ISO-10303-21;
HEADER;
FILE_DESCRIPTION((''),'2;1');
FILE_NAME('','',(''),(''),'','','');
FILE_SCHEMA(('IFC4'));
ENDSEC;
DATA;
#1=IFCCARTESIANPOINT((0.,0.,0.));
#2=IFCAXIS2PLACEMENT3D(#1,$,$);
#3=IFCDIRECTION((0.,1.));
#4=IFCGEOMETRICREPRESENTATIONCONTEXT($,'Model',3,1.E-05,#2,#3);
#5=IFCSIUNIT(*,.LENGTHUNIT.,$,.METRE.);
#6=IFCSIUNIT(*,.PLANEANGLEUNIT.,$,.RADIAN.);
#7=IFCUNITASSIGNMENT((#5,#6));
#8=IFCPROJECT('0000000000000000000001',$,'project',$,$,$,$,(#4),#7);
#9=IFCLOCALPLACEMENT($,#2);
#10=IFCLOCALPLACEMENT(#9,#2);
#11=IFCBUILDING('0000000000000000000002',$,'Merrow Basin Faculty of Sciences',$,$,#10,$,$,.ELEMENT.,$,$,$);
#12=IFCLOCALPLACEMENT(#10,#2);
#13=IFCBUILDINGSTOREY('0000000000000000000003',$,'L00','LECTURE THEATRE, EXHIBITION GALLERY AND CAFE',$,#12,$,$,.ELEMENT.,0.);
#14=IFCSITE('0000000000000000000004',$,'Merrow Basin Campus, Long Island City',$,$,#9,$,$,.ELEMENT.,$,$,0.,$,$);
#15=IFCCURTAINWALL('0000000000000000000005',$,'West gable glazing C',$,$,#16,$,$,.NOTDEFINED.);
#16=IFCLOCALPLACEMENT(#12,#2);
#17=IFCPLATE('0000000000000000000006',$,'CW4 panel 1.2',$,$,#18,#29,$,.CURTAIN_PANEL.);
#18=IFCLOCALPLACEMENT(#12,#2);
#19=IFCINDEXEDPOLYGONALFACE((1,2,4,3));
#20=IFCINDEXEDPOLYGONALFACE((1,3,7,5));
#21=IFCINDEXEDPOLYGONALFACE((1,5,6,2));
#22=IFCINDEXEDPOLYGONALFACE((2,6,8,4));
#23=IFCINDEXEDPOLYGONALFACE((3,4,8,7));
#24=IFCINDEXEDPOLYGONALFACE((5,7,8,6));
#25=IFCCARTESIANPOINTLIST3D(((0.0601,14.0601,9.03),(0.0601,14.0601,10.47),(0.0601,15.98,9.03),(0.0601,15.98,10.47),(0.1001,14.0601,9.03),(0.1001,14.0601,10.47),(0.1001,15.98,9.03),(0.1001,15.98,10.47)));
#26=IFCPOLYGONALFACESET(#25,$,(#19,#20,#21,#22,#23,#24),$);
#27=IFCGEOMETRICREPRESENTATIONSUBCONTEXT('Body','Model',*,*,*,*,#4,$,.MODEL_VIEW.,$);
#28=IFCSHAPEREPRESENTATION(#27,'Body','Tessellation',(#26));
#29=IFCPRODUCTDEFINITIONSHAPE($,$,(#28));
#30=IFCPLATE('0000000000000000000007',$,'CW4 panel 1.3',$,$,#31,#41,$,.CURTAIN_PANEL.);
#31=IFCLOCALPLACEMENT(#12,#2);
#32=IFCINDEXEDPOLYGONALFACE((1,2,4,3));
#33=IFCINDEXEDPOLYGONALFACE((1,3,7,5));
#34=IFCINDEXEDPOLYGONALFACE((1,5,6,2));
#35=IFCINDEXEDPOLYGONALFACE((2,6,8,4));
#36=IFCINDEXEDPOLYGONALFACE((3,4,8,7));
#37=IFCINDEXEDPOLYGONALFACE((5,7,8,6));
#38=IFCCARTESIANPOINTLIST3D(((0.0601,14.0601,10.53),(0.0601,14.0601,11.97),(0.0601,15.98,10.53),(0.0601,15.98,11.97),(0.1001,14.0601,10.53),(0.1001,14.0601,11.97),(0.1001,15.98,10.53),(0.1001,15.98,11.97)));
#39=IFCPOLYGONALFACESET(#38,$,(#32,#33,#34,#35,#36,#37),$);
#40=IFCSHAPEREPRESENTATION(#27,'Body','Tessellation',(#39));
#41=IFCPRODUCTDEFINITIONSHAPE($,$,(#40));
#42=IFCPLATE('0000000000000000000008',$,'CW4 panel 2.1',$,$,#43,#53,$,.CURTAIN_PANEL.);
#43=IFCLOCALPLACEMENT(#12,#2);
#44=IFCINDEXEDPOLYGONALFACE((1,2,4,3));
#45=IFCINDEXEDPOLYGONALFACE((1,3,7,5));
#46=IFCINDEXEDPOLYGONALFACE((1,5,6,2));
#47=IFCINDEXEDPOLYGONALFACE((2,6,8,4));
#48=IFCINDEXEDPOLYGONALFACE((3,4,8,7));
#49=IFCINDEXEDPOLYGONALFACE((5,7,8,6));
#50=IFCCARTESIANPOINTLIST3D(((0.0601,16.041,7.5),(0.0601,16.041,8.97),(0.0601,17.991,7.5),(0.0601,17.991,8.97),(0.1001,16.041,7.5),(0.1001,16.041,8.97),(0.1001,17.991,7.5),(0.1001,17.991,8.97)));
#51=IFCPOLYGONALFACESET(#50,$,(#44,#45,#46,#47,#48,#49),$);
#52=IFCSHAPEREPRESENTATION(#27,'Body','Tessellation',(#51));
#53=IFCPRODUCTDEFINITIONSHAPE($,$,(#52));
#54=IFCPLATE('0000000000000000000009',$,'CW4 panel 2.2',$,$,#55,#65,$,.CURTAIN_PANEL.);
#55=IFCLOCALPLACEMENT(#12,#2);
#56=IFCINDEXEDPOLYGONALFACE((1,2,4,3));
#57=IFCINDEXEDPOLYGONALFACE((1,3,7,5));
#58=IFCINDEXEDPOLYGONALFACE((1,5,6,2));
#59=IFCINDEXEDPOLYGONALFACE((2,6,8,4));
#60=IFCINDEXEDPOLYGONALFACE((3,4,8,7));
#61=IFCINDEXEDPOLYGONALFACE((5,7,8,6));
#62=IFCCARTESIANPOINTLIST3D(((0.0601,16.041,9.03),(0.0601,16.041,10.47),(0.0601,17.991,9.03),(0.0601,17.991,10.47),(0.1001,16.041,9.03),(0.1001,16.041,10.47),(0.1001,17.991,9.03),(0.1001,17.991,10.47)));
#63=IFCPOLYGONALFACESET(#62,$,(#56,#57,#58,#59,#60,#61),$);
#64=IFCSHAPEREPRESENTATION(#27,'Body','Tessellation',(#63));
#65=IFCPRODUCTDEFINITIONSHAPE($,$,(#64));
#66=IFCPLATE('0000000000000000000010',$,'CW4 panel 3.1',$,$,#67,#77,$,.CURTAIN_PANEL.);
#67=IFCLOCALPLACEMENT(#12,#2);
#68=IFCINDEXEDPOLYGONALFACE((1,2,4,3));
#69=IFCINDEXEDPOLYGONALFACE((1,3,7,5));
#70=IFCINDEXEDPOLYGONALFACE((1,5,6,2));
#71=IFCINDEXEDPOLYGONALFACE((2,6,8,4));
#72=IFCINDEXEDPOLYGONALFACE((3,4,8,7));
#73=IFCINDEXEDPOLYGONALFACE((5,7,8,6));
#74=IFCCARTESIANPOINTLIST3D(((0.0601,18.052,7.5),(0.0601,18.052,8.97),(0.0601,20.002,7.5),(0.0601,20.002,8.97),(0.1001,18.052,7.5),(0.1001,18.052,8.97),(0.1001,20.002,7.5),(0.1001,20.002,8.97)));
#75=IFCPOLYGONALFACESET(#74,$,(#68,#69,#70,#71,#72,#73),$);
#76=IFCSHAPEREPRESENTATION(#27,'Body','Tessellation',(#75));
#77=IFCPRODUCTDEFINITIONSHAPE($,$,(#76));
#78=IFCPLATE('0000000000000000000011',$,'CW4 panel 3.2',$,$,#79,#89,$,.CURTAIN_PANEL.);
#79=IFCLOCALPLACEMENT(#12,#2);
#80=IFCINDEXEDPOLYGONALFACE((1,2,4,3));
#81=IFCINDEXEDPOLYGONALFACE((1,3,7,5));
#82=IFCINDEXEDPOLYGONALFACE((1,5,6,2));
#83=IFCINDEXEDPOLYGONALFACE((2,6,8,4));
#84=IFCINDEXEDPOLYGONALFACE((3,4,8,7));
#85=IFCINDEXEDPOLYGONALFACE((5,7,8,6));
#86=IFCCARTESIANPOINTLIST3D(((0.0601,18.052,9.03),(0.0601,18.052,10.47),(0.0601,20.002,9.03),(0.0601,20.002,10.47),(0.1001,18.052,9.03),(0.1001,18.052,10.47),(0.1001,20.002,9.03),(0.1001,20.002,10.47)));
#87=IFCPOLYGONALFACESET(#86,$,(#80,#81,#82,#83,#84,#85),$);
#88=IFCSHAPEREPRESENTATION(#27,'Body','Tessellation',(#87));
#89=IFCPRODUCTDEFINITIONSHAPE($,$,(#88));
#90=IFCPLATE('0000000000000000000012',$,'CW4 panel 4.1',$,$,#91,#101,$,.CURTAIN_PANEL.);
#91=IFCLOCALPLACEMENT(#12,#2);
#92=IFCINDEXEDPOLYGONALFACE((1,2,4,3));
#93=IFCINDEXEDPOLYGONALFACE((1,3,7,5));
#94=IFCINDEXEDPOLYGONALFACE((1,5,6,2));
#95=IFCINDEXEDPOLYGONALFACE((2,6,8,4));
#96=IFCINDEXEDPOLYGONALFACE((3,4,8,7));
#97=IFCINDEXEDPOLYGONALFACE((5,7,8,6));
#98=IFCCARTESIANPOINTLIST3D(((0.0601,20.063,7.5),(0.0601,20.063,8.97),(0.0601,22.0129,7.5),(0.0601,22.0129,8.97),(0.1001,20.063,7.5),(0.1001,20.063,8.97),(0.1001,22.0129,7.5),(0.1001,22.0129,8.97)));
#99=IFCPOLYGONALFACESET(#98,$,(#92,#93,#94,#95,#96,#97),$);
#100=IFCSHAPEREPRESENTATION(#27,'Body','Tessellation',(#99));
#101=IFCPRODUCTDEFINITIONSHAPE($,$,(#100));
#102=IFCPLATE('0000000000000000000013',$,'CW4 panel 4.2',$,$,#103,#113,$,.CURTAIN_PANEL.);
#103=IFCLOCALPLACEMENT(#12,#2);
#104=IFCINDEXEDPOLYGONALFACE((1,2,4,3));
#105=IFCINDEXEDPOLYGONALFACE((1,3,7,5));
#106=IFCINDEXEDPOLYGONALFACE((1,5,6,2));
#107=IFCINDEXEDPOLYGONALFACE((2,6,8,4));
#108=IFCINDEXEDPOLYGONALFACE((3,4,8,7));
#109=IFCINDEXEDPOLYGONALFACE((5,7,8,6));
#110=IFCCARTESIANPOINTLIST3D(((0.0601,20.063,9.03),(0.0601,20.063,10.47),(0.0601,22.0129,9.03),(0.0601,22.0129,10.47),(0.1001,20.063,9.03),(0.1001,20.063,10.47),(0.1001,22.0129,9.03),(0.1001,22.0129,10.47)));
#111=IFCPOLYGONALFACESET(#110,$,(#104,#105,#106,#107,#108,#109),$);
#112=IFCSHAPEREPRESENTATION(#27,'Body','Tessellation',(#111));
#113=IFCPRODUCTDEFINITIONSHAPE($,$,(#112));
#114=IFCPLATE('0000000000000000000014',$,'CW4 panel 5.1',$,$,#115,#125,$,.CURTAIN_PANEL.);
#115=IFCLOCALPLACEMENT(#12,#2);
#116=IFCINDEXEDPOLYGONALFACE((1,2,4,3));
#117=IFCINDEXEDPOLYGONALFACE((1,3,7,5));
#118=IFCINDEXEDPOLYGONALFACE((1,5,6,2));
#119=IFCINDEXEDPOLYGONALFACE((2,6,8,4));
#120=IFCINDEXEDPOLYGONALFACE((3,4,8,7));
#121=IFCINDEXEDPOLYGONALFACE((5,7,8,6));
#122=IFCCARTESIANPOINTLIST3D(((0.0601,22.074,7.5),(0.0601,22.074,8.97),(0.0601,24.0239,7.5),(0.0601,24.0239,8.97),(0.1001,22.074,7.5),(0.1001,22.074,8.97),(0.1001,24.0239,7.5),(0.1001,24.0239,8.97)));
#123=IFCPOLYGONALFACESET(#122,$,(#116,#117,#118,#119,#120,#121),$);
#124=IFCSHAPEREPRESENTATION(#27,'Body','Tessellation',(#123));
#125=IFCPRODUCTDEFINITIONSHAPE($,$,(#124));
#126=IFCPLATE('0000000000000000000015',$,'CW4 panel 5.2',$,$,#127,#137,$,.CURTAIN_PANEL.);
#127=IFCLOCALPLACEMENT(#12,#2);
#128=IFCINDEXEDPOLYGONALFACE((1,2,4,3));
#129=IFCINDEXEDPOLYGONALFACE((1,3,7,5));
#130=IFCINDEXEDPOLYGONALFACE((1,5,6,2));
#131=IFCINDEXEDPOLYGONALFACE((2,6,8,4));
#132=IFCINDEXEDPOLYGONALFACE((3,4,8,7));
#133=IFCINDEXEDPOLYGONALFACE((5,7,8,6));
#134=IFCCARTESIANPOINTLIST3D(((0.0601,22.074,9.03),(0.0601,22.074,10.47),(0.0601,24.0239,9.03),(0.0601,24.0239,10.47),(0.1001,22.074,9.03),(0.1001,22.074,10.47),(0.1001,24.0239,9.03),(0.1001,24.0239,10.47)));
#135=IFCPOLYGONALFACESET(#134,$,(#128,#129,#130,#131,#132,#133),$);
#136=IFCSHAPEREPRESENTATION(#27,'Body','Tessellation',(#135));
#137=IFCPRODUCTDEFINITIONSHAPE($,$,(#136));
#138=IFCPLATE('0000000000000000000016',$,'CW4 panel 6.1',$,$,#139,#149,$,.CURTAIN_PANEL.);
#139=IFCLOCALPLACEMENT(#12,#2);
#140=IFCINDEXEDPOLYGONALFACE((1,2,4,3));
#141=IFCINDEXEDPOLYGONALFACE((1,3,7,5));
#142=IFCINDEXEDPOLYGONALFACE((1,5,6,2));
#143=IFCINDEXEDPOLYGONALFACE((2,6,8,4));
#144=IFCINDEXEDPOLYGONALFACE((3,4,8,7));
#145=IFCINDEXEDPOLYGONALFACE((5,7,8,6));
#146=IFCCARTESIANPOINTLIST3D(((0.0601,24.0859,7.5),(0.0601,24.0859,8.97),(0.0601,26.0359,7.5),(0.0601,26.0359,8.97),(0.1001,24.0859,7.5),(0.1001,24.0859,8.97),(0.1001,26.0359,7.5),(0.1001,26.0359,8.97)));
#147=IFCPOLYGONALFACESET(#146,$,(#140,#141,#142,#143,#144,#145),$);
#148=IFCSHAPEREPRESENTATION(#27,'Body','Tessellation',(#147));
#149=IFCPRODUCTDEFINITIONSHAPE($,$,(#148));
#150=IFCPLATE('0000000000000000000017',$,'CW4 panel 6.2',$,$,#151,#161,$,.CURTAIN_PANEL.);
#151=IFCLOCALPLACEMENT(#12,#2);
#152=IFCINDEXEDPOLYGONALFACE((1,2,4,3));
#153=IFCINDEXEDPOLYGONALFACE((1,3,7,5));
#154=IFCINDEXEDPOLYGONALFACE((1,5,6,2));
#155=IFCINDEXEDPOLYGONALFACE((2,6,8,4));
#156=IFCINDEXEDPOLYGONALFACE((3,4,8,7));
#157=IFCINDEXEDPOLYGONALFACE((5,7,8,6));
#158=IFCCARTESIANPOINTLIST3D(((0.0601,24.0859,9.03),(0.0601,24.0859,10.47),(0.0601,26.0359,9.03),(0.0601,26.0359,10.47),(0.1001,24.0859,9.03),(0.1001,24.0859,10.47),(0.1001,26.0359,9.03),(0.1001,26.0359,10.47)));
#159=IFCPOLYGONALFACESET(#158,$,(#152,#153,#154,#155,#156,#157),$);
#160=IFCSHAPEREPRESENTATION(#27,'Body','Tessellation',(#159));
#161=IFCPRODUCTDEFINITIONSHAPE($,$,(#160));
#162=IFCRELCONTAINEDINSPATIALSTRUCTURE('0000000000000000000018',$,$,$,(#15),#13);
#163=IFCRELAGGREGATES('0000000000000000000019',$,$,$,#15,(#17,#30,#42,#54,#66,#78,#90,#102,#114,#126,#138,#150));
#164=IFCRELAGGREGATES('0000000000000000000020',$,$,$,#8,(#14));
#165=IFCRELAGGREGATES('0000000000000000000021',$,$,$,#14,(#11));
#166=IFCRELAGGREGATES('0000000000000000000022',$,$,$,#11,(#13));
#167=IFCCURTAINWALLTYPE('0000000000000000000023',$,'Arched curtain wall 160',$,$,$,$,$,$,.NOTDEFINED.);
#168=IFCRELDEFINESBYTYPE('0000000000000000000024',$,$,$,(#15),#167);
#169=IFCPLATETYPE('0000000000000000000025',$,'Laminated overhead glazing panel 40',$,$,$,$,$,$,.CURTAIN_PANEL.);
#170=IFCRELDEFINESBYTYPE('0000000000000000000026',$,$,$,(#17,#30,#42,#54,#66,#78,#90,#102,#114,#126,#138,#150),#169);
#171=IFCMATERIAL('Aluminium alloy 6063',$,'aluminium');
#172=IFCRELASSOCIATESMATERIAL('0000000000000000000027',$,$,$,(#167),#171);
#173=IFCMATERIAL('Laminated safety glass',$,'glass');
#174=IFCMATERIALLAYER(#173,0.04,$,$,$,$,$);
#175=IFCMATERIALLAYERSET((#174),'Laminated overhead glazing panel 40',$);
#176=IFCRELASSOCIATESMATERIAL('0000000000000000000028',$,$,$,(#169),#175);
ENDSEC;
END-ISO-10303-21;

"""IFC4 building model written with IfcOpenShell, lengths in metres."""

from ifc_helpers import new_model, si_unit, direction, frame, origin, place, context, subcontext, project, spatial, polyline, outline, extrude, material, layer, layer_set, type_object, element, aggregate, save


model = new_model("IFC4")

# Units and contexts
model_context = context("Model", 3, precision=1e-05, world=origin(), true_north=direction((0.0, 1.0)))
body_context = subcontext(model_context, "Body", "Model", "MODEL_VIEW")
ifc_project = project(units=[si_unit("LENGTHUNIT", "METRE"), si_unit("PLANEANGLEUNIT", "RADIAN")], contexts=[model_context])

# Site, building, storey
site_placement = place(None, origin())
site = spatial("IfcSite", under=ifc_project, at=site_placement, Name="Merrow Basin Campus, Long Island City", CompositionType="ELEMENT", RefElevation=0.0)
building_placement = place(site_placement, origin())
building = spatial("IfcBuilding", under=site, at=building_placement, Name="Merrow Basin Faculty of Sciences", CompositionType="ELEMENT")
storey_placement = place(building_placement, origin())
storey = spatial("IfcBuildingStorey", under=building, at=storey_placement, Name="L00", Description="LECTURE THEATRE, EXHIBITION GALLERY AND CAFE", CompositionType="ELEMENT", Elevation=0.0)

# Curtain wall
ifc_material_1 = material(Name="Aluminium alloy 6063", Category="aluminium")
curtain_wall_type = type_object("IfcCurtainWallType", Name="Arched curtain wall 160", PredefinedType="NOTDEFINED", material=ifc_material_1)
curtain_wall_1_placement = place(storey_placement, origin())
curtain_wall_1 = element("IfcCurtainWall", 1, at=curtain_wall_1_placement, inside=storey, type_object=curtain_wall_type, Name="West gable glazing C", PredefinedType="NOTDEFINED")

# Plates
ifc_material_2 = material(Name="Laminated safety glass", Category="glass")
ifc_layer_1 = layer(ifc_material_2, 0.04)
ifc_layer_set_1 = layer_set([ifc_layer_1], Name="Laminated overhead glazing panel 40")
plate_type = type_object("IfcPlateType", Name="Laminated overhead glazing panel 40", PredefinedType="CURTAIN_PANEL", material=ifc_layer_set_1)
plate_1_placement = place(storey_placement, frame((0.0601, 14.0601, 9.03), z_axis=(1.0, 0.0, 0.0), x_axis=(0.0, 1.0, 0.0)))
plate_1 = element("IfcPlate", 2, at=plate_1_placement, type_object=plate_type, Name="CW4 panel 1.2", PredefinedType="CURTAIN_PANEL", context=body_context, shape_type="SweptSolid", body=[
    extrude(outline(polyline([(0.0, 0.0), (1.9199, 0.0), (1.9199, 1.4399), (0.0, 1.4399), (0.0, 0.0)])), origin(), (0.0, 0.0, 1.0), 0.04),
])
plate_2_placement = place(storey_placement, frame((0.0601, 14.0601, 10.53), z_axis=(1.0, 0.0, 0.0), x_axis=(0.0, 1.0, 0.0)))
plate_2 = element("IfcPlate", 3, at=plate_2_placement, type_object=plate_type, Name="CW4 panel 1.3", PredefinedType="CURTAIN_PANEL", context=body_context, shape_type="SweptSolid", body=[
    extrude(outline(polyline([(0.0, 0.0), (1.9199, 0.0), (1.9199, 1.4399), (0.0, 1.4399), (0.0, 0.0)])), origin(), (0.0, 0.0, 1.0), 0.04),
])
plate_3_placement = place(storey_placement, frame((0.0601, 16.041, 7.5), z_axis=(1.0, 0.0, 0.0), x_axis=(0.0, 1.0, 0.0)))
plate_3 = element("IfcPlate", 4, at=plate_3_placement, type_object=plate_type, Name="CW4 panel 2.1", PredefinedType="CURTAIN_PANEL", context=body_context, shape_type="SweptSolid", body=[
    extrude(outline(polyline([(0.0, 0.0), (1.95, 0.0), (1.95, 1.47), (0.0, 1.47), (0.0, 0.0)])), origin(), (0.0, 0.0, 1.0), 0.04),
])
plate_4_placement = place(storey_placement, frame((0.0601, 16.041, 9.03), z_axis=(1.0, 0.0, 0.0), x_axis=(0.0, 1.0, 0.0)))
plate_4 = element("IfcPlate", 5, at=plate_4_placement, type_object=plate_type, Name="CW4 panel 2.2", PredefinedType="CURTAIN_PANEL", context=body_context, shape_type="SweptSolid", body=[
    extrude(outline(polyline([(0.0, 0.0), (1.95, 0.0), (1.95, 1.4399), (0.0, 1.4399), (0.0, 0.0)])), origin(), (0.0, 0.0, 1.0), 0.04),
])
plate_5_placement = place(storey_placement, frame((0.0601, 18.052, 7.5), z_axis=(1.0, 0.0, 0.0), x_axis=(0.0, 1.0, 0.0)))
plate_5 = element("IfcPlate", 6, at=plate_5_placement, type_object=plate_type, Name="CW4 panel 3.1", PredefinedType="CURTAIN_PANEL", context=body_context, shape_type="SweptSolid", body=[
    extrude(outline(polyline([(0.0, 0.0), (1.95, 0.0), (1.95, 1.47), (0.0, 1.47), (0.0, 0.0)])), origin(), (0.0, 0.0, 1.0), 0.04),
])
plate_6_placement = place(storey_placement, frame((0.0601, 18.052, 9.03), z_axis=(1.0, 0.0, 0.0), x_axis=(0.0, 1.0, 0.0)))
plate_6 = element("IfcPlate", 7, at=plate_6_placement, type_object=plate_type, Name="CW4 panel 3.2", PredefinedType="CURTAIN_PANEL", context=body_context, shape_type="SweptSolid", body=[
    extrude(outline(polyline([(0.0, 0.0), (1.95, 0.0), (1.95, 1.4399), (0.0, 1.4399), (0.0, 0.0)])), origin(), (0.0, 0.0, 1.0), 0.04),
])
plate_7_placement = place(storey_placement, frame((0.0601, 20.063, 7.5), z_axis=(1.0, 0.0, 0.0), x_axis=(0.0, 1.0, 0.0)))
plate_7 = element("IfcPlate", 8, at=plate_7_placement, type_object=plate_type, Name="CW4 panel 4.1", PredefinedType="CURTAIN_PANEL", context=body_context, shape_type="SweptSolid", body=[
    extrude(outline(polyline([(0.0, 0.0), (1.95, 0.0), (1.95, 1.47), (0.0, 1.47), (0.0, 0.0)])), origin(), (0.0, 0.0, 1.0), 0.04),
])
plate_8_placement = place(storey_placement, frame((0.0601, 20.063, 9.03), z_axis=(1.0, 0.0, 0.0), x_axis=(0.0, 1.0, 0.0)))
plate_8 = element("IfcPlate", 9, at=plate_8_placement, type_object=plate_type, Name="CW4 panel 4.2", PredefinedType="CURTAIN_PANEL", context=body_context, shape_type="SweptSolid", body=[
    extrude(outline(polyline([(0.0, 0.0), (1.95, 0.0), (1.95, 1.4399), (0.0, 1.4399), (0.0, 0.0)])), origin(), (0.0, 0.0, 1.0), 0.04),
])
plate_9_placement = place(storey_placement, frame((0.0601, 22.074, 7.5), z_axis=(1.0, 0.0, 0.0), x_axis=(0.0, 1.0, 0.0)))
plate_9 = element("IfcPlate", 10, at=plate_9_placement, type_object=plate_type, Name="CW4 panel 5.1", PredefinedType="CURTAIN_PANEL", context=body_context, shape_type="SweptSolid", body=[
    extrude(outline(polyline([(0.0, 0.0), (1.95, 0.0), (1.95, 1.47), (0.0, 1.47), (0.0, 0.0)])), origin(), (0.0, 0.0, 1.0), 0.04),
])
plate_10_placement = place(storey_placement, frame((0.0601, 22.074, 9.03), z_axis=(1.0, 0.0, 0.0), x_axis=(0.0, 1.0, 0.0)))
plate_10 = element("IfcPlate", 11, at=plate_10_placement, type_object=plate_type, Name="CW4 panel 5.2", PredefinedType="CURTAIN_PANEL", context=body_context, shape_type="SweptSolid", body=[
    extrude(outline(polyline([(0.0, 0.0), (1.95, 0.0), (1.95, 1.4399), (0.0, 1.4399), (0.0, 0.0)])), origin(), (0.0, 0.0, 1.0), 0.04),
])
plate_11_placement = place(storey_placement, frame((0.0601, 24.0859, 7.5), z_axis=(1.0, 0.0, 0.0), x_axis=(0.0, 1.0, 0.0)))
plate_11 = element("IfcPlate", 12, at=plate_11_placement, type_object=plate_type, Name="CW4 panel 6.1", PredefinedType="CURTAIN_PANEL", context=body_context, shape_type="SweptSolid", body=[
    extrude(outline(polyline([(0.0, 0.0), (1.95, 0.0), (1.95, 1.47), (0.0, 1.47), (0.0, 0.0)])), origin(), (0.0, 0.0, 1.0), 0.04),
])
plate_12_placement = place(storey_placement, frame((0.0601, 24.0859, 9.03), z_axis=(1.0, 0.0, 0.0), x_axis=(0.0, 1.0, 0.0)))
plate_12 = element("IfcPlate", 13, at=plate_12_placement, type_object=plate_type, Name="CW4 panel 6.2", PredefinedType="CURTAIN_PANEL", context=body_context, shape_type="SweptSolid", body=[
    extrude(outline(polyline([(0.0, 0.0), (1.95, 0.0), (1.95, 1.4399), (0.0, 1.4399), (0.0, 0.0)])), origin(), (0.0, 0.0, 1.0), 0.04),
])
aggregate(curtain_wall_1, [plate_1, plate_2, plate_3, plate_4, plate_5, plate_6, plate_7, plate_8, plate_9, plate_10, plate_11, plate_12])

save(model, "model.ifc")
